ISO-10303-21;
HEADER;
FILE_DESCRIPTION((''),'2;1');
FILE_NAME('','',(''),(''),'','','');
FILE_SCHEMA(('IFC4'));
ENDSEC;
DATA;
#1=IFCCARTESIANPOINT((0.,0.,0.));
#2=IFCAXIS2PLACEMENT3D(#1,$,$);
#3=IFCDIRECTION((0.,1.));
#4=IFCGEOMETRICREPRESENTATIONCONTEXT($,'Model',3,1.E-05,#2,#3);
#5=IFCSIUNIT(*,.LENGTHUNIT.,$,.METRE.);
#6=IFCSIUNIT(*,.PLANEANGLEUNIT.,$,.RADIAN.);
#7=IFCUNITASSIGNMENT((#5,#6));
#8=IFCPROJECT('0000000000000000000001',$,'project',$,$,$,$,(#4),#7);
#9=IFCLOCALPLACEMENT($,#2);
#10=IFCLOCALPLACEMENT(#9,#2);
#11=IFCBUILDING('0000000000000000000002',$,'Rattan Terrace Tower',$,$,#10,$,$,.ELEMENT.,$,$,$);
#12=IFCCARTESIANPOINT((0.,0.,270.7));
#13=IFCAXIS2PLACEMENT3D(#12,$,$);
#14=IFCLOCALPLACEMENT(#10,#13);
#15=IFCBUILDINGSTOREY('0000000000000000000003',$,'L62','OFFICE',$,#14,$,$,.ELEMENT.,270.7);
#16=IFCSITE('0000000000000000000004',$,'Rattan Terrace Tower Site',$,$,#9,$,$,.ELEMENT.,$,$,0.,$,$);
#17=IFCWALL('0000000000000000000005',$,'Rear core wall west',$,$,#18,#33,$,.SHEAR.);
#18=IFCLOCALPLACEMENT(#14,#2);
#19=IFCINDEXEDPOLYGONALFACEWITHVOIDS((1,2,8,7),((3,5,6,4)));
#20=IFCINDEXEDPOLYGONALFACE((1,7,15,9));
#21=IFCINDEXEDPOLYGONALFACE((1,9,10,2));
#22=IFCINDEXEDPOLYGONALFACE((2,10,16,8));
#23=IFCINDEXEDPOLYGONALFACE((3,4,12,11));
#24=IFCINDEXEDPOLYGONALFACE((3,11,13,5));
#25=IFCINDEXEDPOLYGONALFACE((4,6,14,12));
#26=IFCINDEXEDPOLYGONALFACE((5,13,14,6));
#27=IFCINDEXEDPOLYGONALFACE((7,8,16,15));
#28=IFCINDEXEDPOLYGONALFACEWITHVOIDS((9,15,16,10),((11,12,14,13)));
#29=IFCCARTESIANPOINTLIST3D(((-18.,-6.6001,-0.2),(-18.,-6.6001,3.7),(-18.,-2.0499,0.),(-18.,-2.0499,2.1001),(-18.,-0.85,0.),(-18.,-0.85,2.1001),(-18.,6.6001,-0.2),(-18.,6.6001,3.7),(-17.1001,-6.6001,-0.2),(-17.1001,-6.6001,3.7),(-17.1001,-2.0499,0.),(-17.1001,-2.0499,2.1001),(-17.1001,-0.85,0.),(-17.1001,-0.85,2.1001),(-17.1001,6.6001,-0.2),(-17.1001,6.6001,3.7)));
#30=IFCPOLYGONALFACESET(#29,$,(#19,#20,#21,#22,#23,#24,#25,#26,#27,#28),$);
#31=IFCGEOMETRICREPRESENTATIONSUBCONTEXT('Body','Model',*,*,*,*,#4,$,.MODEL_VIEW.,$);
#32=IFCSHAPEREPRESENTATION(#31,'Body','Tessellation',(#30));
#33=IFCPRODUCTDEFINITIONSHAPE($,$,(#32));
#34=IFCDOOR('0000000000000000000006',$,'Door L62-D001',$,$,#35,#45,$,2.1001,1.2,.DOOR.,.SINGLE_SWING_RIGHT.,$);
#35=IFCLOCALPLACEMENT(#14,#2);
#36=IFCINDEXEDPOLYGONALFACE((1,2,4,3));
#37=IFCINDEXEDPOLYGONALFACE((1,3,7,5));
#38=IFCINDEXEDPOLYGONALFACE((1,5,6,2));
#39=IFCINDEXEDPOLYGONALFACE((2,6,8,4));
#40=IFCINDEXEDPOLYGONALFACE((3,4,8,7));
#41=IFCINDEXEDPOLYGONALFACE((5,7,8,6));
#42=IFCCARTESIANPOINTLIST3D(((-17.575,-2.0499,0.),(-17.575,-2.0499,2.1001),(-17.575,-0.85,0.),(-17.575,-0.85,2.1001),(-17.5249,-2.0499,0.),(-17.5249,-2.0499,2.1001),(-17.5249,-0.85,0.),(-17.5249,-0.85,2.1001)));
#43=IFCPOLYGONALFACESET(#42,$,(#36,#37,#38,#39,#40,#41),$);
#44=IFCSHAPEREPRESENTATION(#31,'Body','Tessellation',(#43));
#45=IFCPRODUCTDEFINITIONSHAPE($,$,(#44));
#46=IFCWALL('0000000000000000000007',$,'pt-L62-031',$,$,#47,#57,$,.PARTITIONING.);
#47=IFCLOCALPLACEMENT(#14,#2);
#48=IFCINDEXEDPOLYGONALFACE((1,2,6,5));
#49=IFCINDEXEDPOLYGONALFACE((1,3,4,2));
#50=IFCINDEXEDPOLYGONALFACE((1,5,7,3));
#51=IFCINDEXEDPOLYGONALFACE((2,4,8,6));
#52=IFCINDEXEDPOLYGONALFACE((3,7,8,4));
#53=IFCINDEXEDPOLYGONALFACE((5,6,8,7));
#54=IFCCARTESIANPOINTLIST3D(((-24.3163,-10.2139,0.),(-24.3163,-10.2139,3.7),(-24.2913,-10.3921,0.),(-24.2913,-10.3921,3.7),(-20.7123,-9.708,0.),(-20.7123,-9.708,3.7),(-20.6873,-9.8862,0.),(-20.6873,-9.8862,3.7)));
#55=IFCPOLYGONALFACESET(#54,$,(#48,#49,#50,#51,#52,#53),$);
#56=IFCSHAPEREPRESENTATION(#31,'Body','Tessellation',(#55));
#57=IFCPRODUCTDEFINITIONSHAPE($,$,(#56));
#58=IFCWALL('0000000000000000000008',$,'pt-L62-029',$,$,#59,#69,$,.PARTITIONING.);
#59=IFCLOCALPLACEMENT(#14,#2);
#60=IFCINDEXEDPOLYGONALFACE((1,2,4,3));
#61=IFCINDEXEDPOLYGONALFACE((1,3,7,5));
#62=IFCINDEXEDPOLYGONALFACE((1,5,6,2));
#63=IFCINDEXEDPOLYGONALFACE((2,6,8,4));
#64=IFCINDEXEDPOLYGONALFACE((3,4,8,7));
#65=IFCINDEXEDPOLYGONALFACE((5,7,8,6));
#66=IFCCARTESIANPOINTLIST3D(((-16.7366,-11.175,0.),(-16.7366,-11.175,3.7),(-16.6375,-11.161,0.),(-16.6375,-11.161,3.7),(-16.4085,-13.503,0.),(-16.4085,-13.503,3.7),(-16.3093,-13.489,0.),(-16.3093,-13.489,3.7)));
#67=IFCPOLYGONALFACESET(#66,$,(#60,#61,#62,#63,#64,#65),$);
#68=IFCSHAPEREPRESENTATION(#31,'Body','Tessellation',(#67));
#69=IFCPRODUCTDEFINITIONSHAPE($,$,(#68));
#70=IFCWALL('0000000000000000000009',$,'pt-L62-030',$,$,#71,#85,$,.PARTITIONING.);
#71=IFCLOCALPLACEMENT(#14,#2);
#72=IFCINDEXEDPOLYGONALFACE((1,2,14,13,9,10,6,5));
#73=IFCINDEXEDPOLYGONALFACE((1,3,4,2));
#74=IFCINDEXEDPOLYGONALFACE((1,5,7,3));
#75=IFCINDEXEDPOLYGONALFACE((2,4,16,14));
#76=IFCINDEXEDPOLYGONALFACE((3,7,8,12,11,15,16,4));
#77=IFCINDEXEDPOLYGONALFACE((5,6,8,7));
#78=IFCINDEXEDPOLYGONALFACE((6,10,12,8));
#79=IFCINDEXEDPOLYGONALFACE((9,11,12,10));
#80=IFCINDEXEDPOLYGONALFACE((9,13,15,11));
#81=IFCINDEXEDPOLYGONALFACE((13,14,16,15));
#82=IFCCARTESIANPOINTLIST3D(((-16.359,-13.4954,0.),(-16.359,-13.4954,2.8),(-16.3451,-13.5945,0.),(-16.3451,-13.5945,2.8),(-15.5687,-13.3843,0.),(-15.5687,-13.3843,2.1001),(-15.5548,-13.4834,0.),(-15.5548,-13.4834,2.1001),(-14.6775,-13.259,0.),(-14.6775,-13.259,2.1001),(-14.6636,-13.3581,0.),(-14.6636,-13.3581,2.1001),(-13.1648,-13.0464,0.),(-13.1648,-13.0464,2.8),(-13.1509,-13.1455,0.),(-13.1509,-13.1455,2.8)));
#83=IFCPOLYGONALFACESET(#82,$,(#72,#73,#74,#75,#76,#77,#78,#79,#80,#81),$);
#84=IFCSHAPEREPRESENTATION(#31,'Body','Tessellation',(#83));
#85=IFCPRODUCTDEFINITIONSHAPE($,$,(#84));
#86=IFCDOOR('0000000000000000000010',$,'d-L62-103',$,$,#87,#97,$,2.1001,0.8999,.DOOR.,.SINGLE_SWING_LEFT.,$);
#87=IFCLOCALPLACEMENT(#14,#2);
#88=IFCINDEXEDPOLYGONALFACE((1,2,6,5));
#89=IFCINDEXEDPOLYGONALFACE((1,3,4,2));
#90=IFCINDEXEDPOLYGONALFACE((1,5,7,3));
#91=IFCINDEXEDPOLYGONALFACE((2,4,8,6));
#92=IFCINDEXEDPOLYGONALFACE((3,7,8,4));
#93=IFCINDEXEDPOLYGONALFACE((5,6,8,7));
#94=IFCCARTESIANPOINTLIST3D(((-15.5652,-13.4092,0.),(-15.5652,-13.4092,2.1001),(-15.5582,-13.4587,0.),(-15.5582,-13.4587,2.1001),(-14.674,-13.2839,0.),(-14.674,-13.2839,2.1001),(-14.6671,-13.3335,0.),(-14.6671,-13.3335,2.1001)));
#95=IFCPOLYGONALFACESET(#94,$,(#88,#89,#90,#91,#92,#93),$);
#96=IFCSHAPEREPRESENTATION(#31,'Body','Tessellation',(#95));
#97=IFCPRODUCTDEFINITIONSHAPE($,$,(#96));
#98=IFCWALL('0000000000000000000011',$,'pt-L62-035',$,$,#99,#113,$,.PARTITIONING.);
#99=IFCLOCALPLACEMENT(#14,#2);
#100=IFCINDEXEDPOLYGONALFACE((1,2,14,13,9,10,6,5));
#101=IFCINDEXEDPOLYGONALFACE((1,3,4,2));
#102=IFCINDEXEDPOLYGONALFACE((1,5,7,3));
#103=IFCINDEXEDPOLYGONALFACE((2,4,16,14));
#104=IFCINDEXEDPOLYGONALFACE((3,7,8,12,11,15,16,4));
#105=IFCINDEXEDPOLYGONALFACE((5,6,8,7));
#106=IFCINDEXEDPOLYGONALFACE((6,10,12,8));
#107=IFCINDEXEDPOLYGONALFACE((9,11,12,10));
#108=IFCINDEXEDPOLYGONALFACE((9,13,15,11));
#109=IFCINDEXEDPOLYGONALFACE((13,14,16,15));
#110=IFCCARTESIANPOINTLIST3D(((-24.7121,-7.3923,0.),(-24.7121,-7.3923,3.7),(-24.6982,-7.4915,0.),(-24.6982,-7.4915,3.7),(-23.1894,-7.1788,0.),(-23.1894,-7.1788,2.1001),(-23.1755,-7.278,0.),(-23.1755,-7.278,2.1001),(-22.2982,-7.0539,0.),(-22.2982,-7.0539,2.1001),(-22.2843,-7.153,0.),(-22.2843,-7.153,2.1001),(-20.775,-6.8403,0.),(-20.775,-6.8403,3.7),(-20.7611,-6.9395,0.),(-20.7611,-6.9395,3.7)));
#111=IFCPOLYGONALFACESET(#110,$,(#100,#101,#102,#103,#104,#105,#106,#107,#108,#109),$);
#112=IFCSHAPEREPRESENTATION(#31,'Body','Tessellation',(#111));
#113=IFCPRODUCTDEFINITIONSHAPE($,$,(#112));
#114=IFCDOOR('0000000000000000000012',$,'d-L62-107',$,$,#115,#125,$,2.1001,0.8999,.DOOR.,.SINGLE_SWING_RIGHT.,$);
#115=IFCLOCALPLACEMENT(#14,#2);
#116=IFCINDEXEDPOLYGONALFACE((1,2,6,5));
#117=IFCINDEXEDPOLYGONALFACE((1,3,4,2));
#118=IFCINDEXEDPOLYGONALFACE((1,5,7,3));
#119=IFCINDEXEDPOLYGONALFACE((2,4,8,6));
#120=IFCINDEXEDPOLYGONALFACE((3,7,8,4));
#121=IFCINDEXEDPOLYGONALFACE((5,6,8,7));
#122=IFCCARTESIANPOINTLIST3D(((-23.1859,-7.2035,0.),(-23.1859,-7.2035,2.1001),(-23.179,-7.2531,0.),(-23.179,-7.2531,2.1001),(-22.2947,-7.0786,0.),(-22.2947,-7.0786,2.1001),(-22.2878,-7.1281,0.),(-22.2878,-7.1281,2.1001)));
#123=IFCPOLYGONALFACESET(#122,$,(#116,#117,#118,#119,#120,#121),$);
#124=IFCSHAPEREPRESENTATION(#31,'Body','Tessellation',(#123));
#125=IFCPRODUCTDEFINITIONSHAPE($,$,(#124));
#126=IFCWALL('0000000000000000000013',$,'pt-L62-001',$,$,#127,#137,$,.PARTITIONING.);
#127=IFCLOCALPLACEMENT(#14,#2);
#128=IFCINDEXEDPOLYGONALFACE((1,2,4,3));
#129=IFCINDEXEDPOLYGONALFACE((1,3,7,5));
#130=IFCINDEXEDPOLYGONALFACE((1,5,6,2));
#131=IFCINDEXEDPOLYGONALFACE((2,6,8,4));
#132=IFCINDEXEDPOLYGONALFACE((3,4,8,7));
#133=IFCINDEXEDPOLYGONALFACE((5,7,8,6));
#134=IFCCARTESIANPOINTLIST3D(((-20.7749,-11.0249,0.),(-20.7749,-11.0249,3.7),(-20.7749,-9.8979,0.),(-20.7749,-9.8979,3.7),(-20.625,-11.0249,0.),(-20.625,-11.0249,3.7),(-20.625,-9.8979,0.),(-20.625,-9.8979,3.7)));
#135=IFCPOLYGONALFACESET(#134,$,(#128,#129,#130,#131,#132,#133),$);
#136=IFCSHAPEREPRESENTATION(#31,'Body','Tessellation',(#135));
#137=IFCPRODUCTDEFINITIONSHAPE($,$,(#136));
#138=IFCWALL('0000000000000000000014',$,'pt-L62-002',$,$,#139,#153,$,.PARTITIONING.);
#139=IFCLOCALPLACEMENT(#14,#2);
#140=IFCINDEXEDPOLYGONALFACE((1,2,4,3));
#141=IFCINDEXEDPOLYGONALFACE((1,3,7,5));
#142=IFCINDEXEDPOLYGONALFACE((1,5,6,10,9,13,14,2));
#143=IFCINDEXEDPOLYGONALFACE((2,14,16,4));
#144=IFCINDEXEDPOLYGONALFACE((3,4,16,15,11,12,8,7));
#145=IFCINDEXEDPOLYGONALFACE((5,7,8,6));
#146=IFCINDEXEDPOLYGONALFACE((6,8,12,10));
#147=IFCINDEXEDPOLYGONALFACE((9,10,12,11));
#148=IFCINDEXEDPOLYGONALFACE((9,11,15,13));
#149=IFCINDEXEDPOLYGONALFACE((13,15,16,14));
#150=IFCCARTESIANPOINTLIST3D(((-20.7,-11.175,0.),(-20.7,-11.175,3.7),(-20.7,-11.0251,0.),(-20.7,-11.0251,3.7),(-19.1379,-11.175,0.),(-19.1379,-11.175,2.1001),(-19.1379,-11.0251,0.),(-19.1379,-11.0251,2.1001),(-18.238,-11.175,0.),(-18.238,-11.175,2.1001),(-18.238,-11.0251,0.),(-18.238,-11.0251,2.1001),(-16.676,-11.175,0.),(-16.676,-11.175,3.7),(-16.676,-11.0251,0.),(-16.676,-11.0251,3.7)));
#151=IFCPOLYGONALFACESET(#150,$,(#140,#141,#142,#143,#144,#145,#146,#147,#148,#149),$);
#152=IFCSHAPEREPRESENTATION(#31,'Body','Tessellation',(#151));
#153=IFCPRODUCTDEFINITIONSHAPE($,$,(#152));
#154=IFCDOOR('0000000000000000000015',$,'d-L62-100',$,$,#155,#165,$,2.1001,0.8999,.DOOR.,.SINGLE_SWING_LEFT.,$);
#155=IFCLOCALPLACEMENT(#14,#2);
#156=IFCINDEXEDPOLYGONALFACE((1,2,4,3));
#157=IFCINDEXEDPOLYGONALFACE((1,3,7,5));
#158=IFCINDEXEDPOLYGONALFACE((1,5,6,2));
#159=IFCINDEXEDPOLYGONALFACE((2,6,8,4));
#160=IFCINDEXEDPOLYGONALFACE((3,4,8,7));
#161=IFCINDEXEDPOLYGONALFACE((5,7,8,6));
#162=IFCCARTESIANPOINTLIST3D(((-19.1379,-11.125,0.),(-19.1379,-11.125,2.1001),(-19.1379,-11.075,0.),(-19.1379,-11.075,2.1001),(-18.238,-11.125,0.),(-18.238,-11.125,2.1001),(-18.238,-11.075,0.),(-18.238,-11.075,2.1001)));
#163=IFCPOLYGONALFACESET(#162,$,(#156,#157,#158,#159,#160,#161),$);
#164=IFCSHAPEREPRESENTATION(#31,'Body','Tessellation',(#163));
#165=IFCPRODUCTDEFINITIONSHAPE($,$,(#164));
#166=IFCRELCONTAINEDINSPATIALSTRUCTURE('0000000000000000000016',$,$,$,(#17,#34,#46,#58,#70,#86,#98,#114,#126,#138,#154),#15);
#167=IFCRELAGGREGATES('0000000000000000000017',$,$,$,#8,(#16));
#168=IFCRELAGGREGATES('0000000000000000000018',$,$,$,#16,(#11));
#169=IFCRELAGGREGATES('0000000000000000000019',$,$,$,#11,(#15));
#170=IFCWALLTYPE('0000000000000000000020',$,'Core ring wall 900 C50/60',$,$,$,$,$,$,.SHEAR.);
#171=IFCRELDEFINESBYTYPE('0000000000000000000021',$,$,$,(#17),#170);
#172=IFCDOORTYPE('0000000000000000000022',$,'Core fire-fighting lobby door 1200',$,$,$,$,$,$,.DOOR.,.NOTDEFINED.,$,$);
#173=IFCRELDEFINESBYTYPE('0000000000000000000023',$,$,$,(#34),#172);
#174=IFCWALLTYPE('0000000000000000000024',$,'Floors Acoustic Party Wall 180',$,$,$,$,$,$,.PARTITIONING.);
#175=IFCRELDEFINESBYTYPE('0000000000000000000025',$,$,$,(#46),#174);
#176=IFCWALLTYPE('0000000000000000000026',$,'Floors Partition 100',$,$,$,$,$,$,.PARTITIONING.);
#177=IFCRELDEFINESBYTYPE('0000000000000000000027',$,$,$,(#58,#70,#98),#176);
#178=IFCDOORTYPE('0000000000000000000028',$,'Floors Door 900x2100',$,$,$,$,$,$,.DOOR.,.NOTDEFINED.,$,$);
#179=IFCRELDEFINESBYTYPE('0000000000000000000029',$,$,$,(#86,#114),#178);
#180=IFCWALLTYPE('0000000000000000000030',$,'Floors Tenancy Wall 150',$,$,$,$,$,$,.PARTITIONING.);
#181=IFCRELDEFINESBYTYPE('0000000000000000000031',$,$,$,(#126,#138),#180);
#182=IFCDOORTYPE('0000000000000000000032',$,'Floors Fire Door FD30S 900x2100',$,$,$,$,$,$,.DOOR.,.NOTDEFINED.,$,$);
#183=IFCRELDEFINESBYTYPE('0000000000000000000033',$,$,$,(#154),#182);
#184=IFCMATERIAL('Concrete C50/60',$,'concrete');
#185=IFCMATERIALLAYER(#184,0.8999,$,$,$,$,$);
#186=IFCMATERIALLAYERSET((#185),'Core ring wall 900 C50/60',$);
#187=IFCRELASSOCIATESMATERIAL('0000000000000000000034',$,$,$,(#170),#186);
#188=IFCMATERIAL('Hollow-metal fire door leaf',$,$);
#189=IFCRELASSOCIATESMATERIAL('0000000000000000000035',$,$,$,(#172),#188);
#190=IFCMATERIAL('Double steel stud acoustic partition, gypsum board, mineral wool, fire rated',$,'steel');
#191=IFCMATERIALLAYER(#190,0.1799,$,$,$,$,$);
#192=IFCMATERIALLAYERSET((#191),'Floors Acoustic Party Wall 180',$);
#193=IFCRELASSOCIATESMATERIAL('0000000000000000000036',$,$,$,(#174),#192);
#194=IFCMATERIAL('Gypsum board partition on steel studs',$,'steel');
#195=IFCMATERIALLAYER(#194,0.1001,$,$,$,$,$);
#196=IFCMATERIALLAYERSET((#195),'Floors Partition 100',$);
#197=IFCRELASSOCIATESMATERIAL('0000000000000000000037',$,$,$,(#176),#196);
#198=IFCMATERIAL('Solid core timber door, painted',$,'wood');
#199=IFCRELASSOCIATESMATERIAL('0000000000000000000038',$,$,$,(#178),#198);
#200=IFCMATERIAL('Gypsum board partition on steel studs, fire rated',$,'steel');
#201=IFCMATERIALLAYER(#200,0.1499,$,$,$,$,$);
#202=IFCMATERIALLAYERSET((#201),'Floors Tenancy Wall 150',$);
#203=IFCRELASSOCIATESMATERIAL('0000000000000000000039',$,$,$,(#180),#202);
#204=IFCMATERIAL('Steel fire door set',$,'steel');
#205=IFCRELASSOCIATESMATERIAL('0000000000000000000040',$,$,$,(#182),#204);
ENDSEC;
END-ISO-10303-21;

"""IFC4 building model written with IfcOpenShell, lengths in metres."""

from ifc_helpers import new_model, si_unit, direction, frame, frame_2d, origin, place, context, subcontext, project, spatial, rectangle, extrude, material, layer, layer_set, type_object, element, fill, save


model = new_model("IFC4")

# Units and contexts
model_context = context("Model", 3, precision=1e-05, world=origin(), true_north=direction((0.0, 1.0)))
body_context = subcontext(model_context, "Body", "Model", "MODEL_VIEW")
ifc_project = project(units=[si_unit("LENGTHUNIT", "METRE"), si_unit("PLANEANGLEUNIT", "RADIAN")], contexts=[model_context])

# Site, building, storey
site_placement = place(None, origin())
site = spatial("IfcSite", under=ifc_project, at=site_placement, Name="Rattan Terrace Tower Site", CompositionType="ELEMENT", RefElevation=0.0)
building_placement = place(site_placement, origin())
building = spatial("IfcBuilding", under=site, at=building_placement, Name="Rattan Terrace Tower", CompositionType="ELEMENT")
storey_placement = place(building_placement, frame((0.0, 0.0, 270.7)))
storey = spatial("IfcBuildingStorey", under=building, at=storey_placement, Name="L62", Description="OFFICE", CompositionType="ELEMENT", Elevation=270.7)

# Shared definitions
ifc_material_1 = material(Name="Concrete C50/60", Category="concrete")
ifc_layer_1 = layer(ifc_material_1, 0.8999)
ifc_layer_set_1 = layer_set([ifc_layer_1], Name="Core ring wall 900 C50/60")
wall_type_1 = type_object("IfcWallType", Name="Core ring wall 900 C50/60", PredefinedType="SHEAR", material=ifc_layer_set_1)

# Wall, opening, door
wall_1_placement = place(storey_placement, frame((-17.55, -6.6001, -0.2), z_axis=(0.0, 0.0, 1.0), x_axis=(0.0, 1.0, 0.0)))
wall_1 = element("IfcWall", 1, at=wall_1_placement, inside=storey, type_object=wall_type_1, Name="Rear core wall west", PredefinedType="SHEAR", context=body_context, shape_type="SweptSolid", body=[
    extrude(rectangle(XDim=13.2002, YDim=0.8999, at=frame_2d((6.6001, 0.0))), origin(), (0.0, 0.0, 1.0), 3.8999),
])
opening_1_placement = place(wall_1_placement, frame((4.55, 0.0, 0.2)))
opening_1 = element("IfcOpeningElement", 2, at=opening_1_placement, cuts=wall_1, PredefinedType="OPENING", context=body_context, shape_type="SweptSolid", body=[
    extrude(rectangle(XDim=1.2, YDim=2.1001, at=frame_2d((0.6001, 1.05))), frame((0.0, 0.4604, 0.0), z_axis=(0.0, -1.0, 0.0), x_axis=(1.0, 0.0, 0.0)), (0.0, 0.0, 1.0), 0.9209),
])
ifc_material_2 = material(Name="Hollow-metal fire door leaf")
door_type_1 = type_object("IfcDoorType", Name="Core fire-fighting lobby door 1200", OperationType="NOTDEFINED", PredefinedType="DOOR", material=ifc_material_2)
door_1_placement = place(opening_1_placement, origin())
door_1 = element("IfcDoor", 3, at=door_1_placement, inside=storey, type_object=door_type_1, Name="Door L62-D001", OperationType="SINGLE_SWING_RIGHT", OverallHeight=2.1001, OverallWidth=1.2, PredefinedType="DOOR", context=body_context, shape_type="SweptSolid", body=[
    extrude(rectangle(XDim=1.2, YDim=2.1001, at=frame_2d((0.6001, 1.05))), frame((0.0, 0.0249, 0.0), z_axis=(0.0, -1.0, 0.0), x_axis=(1.0, 0.0, 0.0)), (0.0, 0.0, 1.0), 0.05),
])
fill(opening_1, door_1)

# Walls
ifc_material_3 = material(Name="Double steel stud acoustic partition, gypsum board, mineral wool, fire rated", Category="steel")
ifc_layer_2 = layer(ifc_material_3, 0.1799)
ifc_layer_set_2 = layer_set([ifc_layer_2], Name="Floors Acoustic Party Wall 180")
wall_type_2 = type_object("IfcWallType", Name="Floors Acoustic Party Wall 180", PredefinedType="PARTITIONING", material=ifc_layer_set_2)
wall_2_placement = place(storey_placement, frame((-24.304, -10.303, 0.0), z_axis=(0.0, 0.0, 1.0), x_axis=(0.990293, 0.138998, 0.0)))
element("IfcWall", 4, at=wall_2_placement, inside=storey, type_object=wall_type_2, Name="pt-L62-031", PredefinedType="PARTITIONING", context=body_context, shape_type="SweptSolid", body=[
    extrude(rectangle(XDim=3.6394, YDim=0.1799, at=frame_2d((1.8198, 0.0))), origin(), (0.0, 0.0, 1.0), 3.7),
])
ifc_material_4 = material(Name="Gypsum board partition on steel studs", Category="steel")
ifc_layer_3 = layer(ifc_material_4, 0.1001)
ifc_layer_set_3 = layer_set([ifc_layer_3], Name="Floors Partition 100")
wall_type_3 = type_object("IfcWallType", Name="Floors Partition 100", PredefinedType="PARTITIONING", material=ifc_layer_set_3)
wall_3_placement = place(storey_placement, frame((-16.687, -11.168, 0.0), z_axis=(0.0, 0.0, 1.0), x_axis=(0.13956, -0.990214, 0.0)))
element("IfcWall", 5, at=wall_3_placement, inside=storey, type_object=wall_type_3, Name="pt-L62-029", PredefinedType="PARTITIONING", context=body_context, shape_type="SweptSolid", body=[
    extrude(rectangle(XDim=2.3511, YDim=0.1001, at=frame_2d((1.1755, 0.0))), origin(), (0.0, 0.0, 1.0), 3.7),
])

# Walls, openings, doors
wall_4_placement = place(storey_placement, frame((-16.3521, -13.5449, 0.0), z_axis=(0.0, 0.0, 1.0), x_axis=(0.990265, 0.139196, 0.0)))
wall_4 = element("IfcWall", 6, at=wall_4_placement, inside=storey, type_object=wall_type_3, Name="pt-L62-030", PredefinedType="PARTITIONING", context=body_context, shape_type="SweptSolid", body=[
    extrude(rectangle(XDim=3.2256, YDim=0.1001, at=frame_2d((1.6128, 0.0))), origin(), (0.0, 0.0, 1.0), 2.8),
])
opening_2_placement = place(wall_4_placement, frame((0.7981, 0.0, 0.0)))
opening_2 = element("IfcOpeningElement", 7, at=opening_2_placement, cuts=wall_4, PredefinedType="OPENING", context=body_context, shape_type="SweptSolid", body=[
    extrude(rectangle(XDim=0.8999, YDim=2.1001, at=frame_2d((0.45, 1.05))), frame((0.0, 0.0605, 0.0), z_axis=(0.0, -1.0, 0.0), x_axis=(1.0, 0.0, 0.0)), (0.0, 0.0, 1.0), 0.1211),
])
ifc_material_5 = material(Name="Solid core timber door, painted", Category="wood")
door_type_2 = type_object("IfcDoorType", Name="Floors Door 900x2100", OperationType="NOTDEFINED", PredefinedType="DOOR", material=ifc_material_5)
door_2_placement = place(opening_2_placement, origin())
door_2 = element("IfcDoor", 8, at=door_2_placement, inside=storey, type_object=door_type_2, Name="d-L62-103", OperationType="SINGLE_SWING_LEFT", OverallHeight=2.1001, OverallWidth=0.8999, PredefinedType="DOOR", context=body_context, shape_type="SweptSolid", body=[
    extrude(rectangle(XDim=0.8999, YDim=2.1001, at=frame_2d((0.45, 1.05))), frame((0.0, 0.0249, 0.0), z_axis=(0.0, -1.0, 0.0), x_axis=(1.0, 0.0, 0.0)), (0.0, 0.0, 1.0), 0.05),
])
fill(opening_2, door_2)
wall_5_placement = place(storey_placement, frame((-20.7681, -6.8899, 0.0), z_axis=(0.0, 0.0, 1.0), x_axis=(-0.990313, -0.13885, 0.0)))
wall_5 = element("IfcWall", 9, at=wall_5_placement, inside=storey, type_object=wall_type_3, Name="pt-L62-035", PredefinedType="PARTITIONING", context=body_context, shape_type="SweptSolid", body=[
    extrude(rectangle(XDim=3.9756, YDim=0.1001, at=frame_2d((1.9878, 0.0))), origin(), (0.0, 0.0, 1.0), 3.7),
])
opening_3_placement = place(wall_5_placement, frame((1.5381, 0.0, 0.0)))
opening_3 = element("IfcOpeningElement", 10, at=opening_3_placement, cuts=wall_5, PredefinedType="OPENING", context=body_context, shape_type="SweptSolid", body=[
    extrude(rectangle(XDim=0.8999, YDim=2.1001, at=frame_2d((0.45, 1.05))), frame((0.0, 0.0605, 0.0), z_axis=(0.0, -1.0, 0.0), x_axis=(1.0, 0.0, 0.0)), (0.0, 0.0, 1.0), 0.1211),
])
door_3_placement = place(opening_3_placement, origin())
door_3 = element("IfcDoor", 11, at=door_3_placement, inside=storey, type_object=door_type_2, Name="d-L62-107", OperationType="SINGLE_SWING_RIGHT", OverallHeight=2.1001, OverallWidth=0.8999, PredefinedType="DOOR", context=body_context, shape_type="SweptSolid", body=[
    extrude(rectangle(XDim=0.8999, YDim=2.1001, at=frame_2d((0.45, 1.05))), frame((0.0, 0.0249, 0.0), z_axis=(0.0, -1.0, 0.0), x_axis=(1.0, 0.0, 0.0)), (0.0, 0.0, 1.0), 0.05),
])
fill(opening_3, door_3)

# Wall
ifc_material_6 = material(Name="Gypsum board partition on steel studs, fire rated", Category="steel")
ifc_layer_4 = layer(ifc_material_6, 0.1499)
ifc_layer_set_4 = layer_set([ifc_layer_4], Name="Floors Tenancy Wall 150")
wall_type_4 = type_object("IfcWallType", Name="Floors Tenancy Wall 150", PredefinedType="PARTITIONING", material=ifc_layer_set_4)
wall_6_placement = place(storey_placement, frame((-20.7, -11.0249, 0.0), z_axis=(0.0, 0.0, 1.0), x_axis=(0.0, 1.0, 0.0)))
element("IfcWall", 12, at=wall_6_placement, inside=storey, type_object=wall_type_4, Name="pt-L62-001", PredefinedType="PARTITIONING", context=body_context, shape_type="SweptSolid", body=[
    extrude(rectangle(XDim=1.127, YDim=0.1499, at=frame_2d((0.5635, 0.0))), origin(), (0.0, 0.0, 1.0), 3.7),
])

# Wall, opening, door
wall_7_placement = place(storey_placement, frame((-16.676, -11.1001, 0.0), z_axis=(0.0, 0.0, 1.0), x_axis=(-1.0, 0.0, 0.0)))
wall_7 = element("IfcWall", 13, at=wall_7_placement, inside=storey, type_object=wall_type_4, Name="pt-L62-002", PredefinedType="PARTITIONING", context=body_context, shape_type="SweptSolid", body=[
    extrude(rectangle(XDim=4.0239, YDim=0.1499, at=frame_2d((2.012, 0.0))), origin(), (0.0, 0.0, 1.0), 3.7),
])
opening_4_placement = place(wall_7_placement, frame((1.562, 0.0, 0.0)))
opening_4 = element("IfcOpeningElement", 14, at=opening_4_placement, cuts=wall_7, PredefinedType="OPENING", context=body_context, shape_type="SweptSolid", body=[
    extrude(rectangle(XDim=0.8999, YDim=2.1001, at=frame_2d((0.45, 1.05))), frame((0.0, 0.0854, 0.0), z_axis=(0.0, -1.0, 0.0), x_axis=(1.0, 0.0, 0.0)), (0.0, 0.0, 1.0), 0.1709),
])
ifc_material_7 = material(Name="Steel fire door set", Category="steel")
door_type_3 = type_object("IfcDoorType", Name="Floors Fire Door FD30S 900x2100", OperationType="NOTDEFINED", PredefinedType="DOOR", material=ifc_material_7)
door_4_placement = place(opening_4_placement, origin())
door_4 = element("IfcDoor", 15, at=door_4_placement, inside=storey, type_object=door_type_3, Name="d-L62-100", OperationType="SINGLE_SWING_LEFT", OverallHeight=2.1001, OverallWidth=0.8999, PredefinedType="DOOR", context=body_context, shape_type="SweptSolid", body=[
    extrude(rectangle(XDim=0.8999, YDim=2.1001, at=frame_2d((0.45, 1.05))), frame((0.0, 0.0249, 0.0), z_axis=(0.0, -1.0, 0.0), x_axis=(1.0, 0.0, 0.0)), (0.0, 0.0, 1.0), 0.05),
])
fill(opening_4, door_4)

save(model, "model.ifc")
